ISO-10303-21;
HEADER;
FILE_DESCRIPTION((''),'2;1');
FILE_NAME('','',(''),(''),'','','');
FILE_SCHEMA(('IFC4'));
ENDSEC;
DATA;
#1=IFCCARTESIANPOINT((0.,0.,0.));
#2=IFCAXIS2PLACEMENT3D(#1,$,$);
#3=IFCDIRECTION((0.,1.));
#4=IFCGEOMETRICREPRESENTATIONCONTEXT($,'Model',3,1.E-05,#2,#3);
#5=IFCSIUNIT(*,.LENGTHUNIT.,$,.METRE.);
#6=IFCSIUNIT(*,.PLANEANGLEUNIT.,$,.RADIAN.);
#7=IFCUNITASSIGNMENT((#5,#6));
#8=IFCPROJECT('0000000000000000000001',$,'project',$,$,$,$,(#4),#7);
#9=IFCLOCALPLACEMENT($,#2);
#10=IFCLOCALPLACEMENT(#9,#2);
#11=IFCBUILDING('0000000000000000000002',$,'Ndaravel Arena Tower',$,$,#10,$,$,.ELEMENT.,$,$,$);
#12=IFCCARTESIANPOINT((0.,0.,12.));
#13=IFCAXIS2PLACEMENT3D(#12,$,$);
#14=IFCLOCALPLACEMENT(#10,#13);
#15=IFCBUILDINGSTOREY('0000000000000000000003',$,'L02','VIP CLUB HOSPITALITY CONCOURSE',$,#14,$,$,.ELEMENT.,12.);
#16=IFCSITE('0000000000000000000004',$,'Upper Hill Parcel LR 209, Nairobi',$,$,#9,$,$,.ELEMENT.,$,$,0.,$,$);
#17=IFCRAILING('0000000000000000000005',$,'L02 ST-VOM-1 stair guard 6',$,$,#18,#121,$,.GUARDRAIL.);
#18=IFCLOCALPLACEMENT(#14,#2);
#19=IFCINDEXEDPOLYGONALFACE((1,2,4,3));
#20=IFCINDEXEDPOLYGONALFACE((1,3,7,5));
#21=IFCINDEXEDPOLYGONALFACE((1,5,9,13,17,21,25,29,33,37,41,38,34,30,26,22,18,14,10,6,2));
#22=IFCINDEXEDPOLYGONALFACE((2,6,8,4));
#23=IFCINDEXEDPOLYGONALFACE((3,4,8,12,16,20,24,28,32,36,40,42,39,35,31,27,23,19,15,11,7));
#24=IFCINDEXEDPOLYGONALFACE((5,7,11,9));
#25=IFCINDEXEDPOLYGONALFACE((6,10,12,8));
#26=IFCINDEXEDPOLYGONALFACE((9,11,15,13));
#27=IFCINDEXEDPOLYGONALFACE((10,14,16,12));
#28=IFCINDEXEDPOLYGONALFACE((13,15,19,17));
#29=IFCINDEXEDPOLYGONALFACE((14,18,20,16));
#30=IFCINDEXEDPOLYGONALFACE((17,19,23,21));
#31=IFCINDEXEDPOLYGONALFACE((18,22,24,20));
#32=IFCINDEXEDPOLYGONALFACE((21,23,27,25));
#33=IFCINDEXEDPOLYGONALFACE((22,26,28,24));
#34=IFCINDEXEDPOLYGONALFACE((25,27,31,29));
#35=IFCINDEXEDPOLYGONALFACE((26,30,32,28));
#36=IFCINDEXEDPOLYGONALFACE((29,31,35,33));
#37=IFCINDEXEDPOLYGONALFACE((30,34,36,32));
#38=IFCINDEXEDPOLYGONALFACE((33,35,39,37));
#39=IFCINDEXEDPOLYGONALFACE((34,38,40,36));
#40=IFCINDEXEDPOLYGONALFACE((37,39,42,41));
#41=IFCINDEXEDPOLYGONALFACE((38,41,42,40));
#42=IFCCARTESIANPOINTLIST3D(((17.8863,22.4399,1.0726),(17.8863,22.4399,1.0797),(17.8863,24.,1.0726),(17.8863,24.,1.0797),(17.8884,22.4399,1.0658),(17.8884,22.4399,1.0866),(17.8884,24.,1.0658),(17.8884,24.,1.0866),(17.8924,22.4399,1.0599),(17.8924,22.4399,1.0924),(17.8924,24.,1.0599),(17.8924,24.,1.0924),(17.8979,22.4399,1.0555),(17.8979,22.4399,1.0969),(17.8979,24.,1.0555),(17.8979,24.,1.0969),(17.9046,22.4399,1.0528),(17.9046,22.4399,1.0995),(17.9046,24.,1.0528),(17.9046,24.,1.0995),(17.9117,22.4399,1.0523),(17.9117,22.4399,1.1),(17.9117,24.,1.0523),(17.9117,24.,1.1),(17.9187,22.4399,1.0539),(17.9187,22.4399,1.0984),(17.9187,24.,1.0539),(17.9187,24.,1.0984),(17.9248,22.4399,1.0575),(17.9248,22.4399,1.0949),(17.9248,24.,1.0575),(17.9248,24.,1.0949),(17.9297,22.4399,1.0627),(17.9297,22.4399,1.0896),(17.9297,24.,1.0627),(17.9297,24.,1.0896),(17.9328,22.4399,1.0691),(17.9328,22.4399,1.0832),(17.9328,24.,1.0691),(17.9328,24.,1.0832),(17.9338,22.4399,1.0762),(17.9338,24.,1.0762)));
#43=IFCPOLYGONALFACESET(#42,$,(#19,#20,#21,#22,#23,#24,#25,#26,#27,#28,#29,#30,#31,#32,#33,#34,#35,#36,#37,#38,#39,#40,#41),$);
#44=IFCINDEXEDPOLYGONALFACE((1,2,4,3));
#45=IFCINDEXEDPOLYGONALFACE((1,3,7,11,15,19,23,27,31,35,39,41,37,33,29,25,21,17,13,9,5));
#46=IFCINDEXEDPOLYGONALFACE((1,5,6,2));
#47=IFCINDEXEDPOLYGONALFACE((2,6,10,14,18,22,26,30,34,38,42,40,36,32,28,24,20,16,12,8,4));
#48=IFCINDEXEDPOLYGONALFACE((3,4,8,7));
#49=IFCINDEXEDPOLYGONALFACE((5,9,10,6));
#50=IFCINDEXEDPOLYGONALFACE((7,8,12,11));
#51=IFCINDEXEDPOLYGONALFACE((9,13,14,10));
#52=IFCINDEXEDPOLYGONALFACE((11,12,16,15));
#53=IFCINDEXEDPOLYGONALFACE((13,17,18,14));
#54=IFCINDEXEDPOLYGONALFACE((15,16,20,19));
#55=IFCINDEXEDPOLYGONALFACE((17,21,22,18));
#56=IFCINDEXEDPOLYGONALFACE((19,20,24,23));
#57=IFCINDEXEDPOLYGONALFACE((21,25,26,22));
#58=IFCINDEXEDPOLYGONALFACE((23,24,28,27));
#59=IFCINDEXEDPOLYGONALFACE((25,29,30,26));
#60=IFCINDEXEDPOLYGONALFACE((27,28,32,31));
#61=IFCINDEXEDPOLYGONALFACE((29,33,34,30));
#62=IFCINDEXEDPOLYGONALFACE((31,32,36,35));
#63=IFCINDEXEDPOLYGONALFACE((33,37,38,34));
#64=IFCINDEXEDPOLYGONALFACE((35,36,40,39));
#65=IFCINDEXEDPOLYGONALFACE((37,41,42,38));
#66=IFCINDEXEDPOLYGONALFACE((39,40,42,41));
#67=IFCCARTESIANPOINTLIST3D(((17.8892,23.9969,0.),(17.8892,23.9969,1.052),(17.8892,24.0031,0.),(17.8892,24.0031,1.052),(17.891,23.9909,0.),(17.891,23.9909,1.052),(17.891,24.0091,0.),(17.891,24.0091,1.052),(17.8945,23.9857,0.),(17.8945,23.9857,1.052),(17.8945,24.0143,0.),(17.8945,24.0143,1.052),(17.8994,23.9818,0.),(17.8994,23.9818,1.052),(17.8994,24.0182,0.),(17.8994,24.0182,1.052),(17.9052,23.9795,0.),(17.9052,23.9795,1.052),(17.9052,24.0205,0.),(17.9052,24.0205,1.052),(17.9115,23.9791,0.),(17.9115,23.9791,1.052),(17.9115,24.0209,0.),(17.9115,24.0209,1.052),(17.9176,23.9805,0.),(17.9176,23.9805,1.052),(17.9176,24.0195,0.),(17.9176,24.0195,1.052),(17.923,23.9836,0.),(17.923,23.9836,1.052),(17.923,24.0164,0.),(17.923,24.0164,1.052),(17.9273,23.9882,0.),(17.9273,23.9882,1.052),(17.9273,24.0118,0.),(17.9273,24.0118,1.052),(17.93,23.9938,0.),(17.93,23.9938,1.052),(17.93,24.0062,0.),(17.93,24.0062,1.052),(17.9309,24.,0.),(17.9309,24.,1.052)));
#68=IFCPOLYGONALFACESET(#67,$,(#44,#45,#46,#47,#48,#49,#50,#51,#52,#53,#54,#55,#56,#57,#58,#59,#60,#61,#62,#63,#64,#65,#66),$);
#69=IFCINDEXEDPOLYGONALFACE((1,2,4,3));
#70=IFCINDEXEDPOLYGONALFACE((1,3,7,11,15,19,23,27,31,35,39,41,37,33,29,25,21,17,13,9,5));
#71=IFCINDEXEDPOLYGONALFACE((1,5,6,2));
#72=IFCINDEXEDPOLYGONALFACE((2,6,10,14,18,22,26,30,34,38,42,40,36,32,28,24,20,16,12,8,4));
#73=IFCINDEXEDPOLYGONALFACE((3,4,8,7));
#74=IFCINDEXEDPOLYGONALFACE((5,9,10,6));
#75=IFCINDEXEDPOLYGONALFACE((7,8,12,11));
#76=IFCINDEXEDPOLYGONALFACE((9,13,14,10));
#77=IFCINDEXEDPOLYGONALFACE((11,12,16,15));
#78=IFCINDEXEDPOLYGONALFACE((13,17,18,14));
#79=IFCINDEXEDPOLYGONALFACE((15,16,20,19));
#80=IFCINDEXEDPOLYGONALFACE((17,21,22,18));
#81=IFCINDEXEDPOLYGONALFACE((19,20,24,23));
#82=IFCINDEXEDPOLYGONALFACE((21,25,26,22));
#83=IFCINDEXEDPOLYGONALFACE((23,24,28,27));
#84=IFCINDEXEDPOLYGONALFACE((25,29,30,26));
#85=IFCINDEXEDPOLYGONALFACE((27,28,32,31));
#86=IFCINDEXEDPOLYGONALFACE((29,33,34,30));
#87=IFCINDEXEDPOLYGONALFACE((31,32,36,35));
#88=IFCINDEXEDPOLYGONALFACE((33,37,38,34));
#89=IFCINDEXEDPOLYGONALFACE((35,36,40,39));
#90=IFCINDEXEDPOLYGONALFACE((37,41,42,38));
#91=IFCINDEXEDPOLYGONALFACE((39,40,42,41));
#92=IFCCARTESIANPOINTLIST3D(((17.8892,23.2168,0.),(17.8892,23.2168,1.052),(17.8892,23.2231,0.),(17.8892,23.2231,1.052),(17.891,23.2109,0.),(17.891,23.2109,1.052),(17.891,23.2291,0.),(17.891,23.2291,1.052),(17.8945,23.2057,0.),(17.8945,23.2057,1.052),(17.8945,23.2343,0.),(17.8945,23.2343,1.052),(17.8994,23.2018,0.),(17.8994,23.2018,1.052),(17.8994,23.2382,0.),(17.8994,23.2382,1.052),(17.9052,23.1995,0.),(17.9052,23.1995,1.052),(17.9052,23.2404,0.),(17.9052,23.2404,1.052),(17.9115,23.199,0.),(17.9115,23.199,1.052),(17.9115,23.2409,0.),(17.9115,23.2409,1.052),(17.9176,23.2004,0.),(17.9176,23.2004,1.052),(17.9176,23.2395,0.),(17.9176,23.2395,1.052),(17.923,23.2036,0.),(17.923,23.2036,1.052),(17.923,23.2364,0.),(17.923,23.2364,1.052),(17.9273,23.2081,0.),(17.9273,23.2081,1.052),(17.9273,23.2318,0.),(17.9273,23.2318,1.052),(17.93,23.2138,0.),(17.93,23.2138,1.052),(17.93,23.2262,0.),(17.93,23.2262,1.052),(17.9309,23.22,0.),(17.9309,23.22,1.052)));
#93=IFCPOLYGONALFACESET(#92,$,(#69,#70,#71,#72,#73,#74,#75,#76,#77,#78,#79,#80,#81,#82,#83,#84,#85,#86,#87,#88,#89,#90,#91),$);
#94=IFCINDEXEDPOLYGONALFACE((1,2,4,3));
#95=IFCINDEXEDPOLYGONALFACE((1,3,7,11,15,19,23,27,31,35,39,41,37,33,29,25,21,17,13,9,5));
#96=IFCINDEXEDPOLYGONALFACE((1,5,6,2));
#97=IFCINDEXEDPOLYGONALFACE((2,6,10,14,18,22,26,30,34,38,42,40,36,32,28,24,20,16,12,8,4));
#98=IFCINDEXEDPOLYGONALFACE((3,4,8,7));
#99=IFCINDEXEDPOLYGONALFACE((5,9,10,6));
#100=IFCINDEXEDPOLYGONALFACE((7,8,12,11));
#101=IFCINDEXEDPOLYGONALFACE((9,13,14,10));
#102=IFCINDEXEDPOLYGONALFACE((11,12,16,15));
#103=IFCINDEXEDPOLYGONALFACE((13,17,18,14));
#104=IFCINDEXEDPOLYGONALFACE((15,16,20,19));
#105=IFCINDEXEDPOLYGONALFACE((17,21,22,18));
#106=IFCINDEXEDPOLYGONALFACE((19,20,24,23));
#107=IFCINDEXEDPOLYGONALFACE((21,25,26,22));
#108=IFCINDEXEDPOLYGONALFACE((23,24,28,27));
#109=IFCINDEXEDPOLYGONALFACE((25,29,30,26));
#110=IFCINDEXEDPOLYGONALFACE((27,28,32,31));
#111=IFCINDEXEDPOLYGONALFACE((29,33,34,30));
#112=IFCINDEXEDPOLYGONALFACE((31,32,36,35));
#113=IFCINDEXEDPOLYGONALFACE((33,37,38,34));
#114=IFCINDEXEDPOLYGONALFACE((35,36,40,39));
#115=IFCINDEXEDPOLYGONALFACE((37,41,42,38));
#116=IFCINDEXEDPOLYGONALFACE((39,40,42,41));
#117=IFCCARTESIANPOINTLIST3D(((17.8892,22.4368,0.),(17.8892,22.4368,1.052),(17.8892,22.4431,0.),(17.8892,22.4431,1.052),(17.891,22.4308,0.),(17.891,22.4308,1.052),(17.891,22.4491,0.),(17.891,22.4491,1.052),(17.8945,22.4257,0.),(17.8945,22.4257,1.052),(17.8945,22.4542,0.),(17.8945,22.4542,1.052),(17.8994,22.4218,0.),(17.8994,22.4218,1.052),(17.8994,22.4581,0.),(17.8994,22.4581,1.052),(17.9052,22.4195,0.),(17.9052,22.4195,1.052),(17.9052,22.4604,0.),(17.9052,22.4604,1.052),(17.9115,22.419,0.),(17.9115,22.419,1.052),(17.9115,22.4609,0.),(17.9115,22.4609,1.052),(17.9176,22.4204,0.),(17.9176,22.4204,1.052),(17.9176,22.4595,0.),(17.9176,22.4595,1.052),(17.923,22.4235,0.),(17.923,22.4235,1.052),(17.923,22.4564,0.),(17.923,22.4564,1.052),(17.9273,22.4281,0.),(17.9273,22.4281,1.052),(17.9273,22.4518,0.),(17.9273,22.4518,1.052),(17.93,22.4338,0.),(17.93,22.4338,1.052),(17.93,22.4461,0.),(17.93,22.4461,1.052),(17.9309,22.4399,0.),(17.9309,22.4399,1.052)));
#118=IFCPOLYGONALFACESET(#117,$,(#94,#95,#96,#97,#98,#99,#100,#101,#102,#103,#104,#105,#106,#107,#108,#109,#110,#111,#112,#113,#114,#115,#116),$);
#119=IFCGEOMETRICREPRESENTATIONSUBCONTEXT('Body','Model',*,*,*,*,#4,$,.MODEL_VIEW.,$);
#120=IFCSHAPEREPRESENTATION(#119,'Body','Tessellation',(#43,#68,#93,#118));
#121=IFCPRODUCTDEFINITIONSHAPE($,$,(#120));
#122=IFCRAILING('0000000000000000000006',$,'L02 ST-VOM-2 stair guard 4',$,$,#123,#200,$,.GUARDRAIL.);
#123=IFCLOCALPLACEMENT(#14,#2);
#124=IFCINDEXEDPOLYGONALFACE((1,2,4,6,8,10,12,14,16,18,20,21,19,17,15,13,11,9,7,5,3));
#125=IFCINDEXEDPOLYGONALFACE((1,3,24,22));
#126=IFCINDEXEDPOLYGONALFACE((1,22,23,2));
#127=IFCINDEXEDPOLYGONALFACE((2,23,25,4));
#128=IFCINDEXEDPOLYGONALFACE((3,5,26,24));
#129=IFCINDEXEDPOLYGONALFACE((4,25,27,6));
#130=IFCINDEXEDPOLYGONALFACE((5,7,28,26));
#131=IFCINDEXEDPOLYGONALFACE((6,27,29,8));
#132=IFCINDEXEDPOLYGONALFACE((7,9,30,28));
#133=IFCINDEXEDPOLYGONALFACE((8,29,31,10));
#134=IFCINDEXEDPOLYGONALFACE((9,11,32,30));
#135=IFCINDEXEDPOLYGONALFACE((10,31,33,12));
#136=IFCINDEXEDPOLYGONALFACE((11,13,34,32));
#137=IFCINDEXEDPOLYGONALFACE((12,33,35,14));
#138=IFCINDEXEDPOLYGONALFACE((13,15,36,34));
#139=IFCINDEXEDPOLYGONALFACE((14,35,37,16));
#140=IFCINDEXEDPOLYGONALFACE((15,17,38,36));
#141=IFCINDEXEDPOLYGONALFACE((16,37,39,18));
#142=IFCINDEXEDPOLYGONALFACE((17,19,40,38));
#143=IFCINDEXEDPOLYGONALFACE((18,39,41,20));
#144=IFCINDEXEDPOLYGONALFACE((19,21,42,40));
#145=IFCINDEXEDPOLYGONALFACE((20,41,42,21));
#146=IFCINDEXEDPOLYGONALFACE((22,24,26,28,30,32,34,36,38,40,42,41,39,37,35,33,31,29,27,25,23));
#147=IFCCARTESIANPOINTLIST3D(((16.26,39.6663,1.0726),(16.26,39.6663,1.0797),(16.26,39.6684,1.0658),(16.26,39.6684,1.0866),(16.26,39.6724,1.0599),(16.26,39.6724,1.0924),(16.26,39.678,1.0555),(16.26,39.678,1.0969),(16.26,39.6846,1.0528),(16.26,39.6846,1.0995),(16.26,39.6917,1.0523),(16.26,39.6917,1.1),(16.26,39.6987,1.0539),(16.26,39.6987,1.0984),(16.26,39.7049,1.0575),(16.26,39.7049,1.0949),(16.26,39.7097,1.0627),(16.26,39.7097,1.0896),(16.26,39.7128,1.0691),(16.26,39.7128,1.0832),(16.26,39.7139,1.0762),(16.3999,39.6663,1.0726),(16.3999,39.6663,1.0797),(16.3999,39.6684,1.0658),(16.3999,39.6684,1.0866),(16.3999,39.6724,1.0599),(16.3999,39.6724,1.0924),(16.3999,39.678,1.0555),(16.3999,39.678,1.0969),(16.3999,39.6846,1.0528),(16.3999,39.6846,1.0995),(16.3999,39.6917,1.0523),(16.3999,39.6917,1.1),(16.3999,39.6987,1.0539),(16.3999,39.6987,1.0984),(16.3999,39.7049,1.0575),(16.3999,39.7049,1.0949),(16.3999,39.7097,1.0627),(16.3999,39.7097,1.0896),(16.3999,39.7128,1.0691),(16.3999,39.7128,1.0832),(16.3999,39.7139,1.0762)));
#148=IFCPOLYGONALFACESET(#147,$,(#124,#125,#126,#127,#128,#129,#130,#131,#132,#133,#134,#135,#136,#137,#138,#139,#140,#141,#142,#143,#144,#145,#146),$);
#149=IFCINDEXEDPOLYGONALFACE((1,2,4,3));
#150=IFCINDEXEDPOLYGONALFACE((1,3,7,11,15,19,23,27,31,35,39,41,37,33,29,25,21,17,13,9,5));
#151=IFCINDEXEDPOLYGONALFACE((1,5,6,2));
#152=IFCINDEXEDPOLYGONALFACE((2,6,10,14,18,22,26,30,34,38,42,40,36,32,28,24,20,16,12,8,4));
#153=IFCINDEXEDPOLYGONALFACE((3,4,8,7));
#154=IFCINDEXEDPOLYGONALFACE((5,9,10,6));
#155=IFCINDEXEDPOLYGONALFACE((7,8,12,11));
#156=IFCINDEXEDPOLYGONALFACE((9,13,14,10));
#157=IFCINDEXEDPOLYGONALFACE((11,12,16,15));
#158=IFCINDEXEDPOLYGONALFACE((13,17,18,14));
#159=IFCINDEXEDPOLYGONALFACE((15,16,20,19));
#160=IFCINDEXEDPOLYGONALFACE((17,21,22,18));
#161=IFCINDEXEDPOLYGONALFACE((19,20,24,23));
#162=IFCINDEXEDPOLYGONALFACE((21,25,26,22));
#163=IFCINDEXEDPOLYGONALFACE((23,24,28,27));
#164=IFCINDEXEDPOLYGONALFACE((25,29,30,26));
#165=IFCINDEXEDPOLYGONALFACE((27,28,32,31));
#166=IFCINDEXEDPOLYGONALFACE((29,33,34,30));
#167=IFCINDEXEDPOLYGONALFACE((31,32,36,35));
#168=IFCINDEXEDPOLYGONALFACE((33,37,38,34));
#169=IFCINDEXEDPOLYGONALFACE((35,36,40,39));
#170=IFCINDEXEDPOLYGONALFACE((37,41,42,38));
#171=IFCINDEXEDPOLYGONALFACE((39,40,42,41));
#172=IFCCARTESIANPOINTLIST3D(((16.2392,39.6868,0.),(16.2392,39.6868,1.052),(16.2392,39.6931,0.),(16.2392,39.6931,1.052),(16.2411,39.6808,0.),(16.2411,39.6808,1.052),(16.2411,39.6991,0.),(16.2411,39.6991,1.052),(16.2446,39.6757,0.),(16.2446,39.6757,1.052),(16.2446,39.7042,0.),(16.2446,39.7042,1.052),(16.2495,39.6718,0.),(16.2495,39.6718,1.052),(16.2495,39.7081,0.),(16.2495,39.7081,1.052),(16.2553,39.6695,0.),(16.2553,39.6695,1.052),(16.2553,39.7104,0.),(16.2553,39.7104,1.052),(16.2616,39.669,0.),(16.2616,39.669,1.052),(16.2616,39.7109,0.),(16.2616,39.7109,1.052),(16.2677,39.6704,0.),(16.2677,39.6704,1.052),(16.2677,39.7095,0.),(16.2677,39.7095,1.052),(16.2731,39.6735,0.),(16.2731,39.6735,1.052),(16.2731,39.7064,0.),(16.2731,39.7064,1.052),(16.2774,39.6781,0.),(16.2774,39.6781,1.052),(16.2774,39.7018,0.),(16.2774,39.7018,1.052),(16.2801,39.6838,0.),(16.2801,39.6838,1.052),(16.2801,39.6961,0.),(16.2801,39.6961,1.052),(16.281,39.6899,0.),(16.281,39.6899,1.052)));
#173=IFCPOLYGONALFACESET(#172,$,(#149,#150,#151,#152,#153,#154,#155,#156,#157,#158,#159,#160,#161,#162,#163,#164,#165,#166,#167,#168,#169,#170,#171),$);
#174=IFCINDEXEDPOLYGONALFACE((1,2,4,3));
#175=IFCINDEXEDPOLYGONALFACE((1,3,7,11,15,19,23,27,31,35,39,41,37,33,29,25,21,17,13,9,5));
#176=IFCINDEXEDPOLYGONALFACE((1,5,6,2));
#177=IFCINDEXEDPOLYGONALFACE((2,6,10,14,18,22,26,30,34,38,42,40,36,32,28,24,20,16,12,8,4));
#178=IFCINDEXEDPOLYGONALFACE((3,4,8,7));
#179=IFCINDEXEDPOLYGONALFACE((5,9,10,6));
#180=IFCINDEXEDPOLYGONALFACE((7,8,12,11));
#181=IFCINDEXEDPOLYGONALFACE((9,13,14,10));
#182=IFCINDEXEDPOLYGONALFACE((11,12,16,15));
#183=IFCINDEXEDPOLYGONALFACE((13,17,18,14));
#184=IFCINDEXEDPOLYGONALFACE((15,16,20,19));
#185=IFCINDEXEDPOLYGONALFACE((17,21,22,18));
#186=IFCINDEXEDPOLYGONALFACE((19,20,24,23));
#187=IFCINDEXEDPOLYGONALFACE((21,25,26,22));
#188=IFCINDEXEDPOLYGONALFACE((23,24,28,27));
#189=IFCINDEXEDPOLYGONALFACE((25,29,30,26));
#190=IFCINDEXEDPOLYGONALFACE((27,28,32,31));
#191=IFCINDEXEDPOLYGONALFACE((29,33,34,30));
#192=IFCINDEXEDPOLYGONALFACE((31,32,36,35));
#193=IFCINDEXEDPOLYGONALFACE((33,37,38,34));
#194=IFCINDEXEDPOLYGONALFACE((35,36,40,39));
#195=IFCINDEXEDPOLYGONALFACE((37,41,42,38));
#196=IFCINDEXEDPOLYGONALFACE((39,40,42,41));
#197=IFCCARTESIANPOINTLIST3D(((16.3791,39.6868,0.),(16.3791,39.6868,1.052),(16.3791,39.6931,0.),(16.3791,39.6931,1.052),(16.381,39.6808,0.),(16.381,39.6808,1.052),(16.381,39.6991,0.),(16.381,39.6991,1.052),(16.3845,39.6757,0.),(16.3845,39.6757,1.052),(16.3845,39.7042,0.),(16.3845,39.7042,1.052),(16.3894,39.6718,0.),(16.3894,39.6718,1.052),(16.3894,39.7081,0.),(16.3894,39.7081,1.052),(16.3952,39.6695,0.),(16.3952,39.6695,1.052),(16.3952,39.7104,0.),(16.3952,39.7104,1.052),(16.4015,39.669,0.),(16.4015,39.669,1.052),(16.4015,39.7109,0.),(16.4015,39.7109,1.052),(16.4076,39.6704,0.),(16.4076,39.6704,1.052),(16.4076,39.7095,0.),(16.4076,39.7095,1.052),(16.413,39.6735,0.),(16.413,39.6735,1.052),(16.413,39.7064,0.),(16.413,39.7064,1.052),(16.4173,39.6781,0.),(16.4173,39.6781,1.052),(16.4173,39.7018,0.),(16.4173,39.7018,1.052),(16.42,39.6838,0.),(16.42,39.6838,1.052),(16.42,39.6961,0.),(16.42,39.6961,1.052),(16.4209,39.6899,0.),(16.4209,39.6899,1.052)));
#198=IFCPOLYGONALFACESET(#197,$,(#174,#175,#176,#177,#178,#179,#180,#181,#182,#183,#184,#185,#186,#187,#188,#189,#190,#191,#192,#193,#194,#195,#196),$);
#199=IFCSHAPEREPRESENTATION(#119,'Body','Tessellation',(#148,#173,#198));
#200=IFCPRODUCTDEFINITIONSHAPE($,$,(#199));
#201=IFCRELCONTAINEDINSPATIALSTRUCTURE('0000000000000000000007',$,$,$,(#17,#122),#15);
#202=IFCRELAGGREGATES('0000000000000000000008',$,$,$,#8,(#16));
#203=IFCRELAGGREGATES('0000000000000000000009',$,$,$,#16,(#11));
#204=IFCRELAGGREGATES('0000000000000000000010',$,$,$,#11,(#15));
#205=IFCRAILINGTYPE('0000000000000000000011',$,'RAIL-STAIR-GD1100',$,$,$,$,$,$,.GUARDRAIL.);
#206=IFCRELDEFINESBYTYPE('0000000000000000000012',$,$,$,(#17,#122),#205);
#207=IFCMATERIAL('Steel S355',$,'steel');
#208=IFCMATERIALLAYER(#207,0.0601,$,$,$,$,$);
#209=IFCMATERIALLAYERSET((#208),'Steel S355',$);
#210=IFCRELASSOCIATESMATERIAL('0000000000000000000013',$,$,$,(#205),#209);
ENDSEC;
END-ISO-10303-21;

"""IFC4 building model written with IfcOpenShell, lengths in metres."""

from ifc_helpers import new_model, si_unit, direction, frame, origin, origin_2d, place, context, subcontext, project, spatial, circle, extrude, material, layer, layer_set, type_object, element, save


model = new_model("IFC4")

# Units and contexts
model_context = context("Model", 3, precision=1e-05, world=origin(), true_north=direction((0.0, 1.0)))
body_context = subcontext(model_context, "Body", "Model", "MODEL_VIEW")
ifc_project = project(units=[si_unit("LENGTHUNIT", "METRE"), si_unit("PLANEANGLEUNIT", "RADIAN")], contexts=[model_context])

# Site, building, storey
site_placement = place(None, origin())
site = spatial("IfcSite", under=ifc_project, at=site_placement, Name="Upper Hill Parcel LR 209, Nairobi", CompositionType="ELEMENT", RefElevation=0.0)
building_placement = place(site_placement, origin())
building = spatial("IfcBuilding", under=site, at=building_placement, Name="Ndaravel Arena Tower", CompositionType="ELEMENT")
storey_placement = place(building_placement, frame((0.0, 0.0, 12.0)))
storey = spatial("IfcBuildingStorey", under=building, at=storey_placement, Name="L02", Description="VIP CLUB HOSPITALITY CONCOURSE", CompositionType="ELEMENT", Elevation=12.0)

# Railings
ifc_material_1 = material(Name="Steel S355", Category="steel")
ifc_layer_1 = layer(ifc_material_1, 0.0601)
ifc_layer_set_1 = layer_set([ifc_layer_1], Name="Steel S355")
railing_type_1 = type_object("IfcRailingType", Name="RAIL-STAIR-GD1100", PredefinedType="GUARDRAIL", material=ifc_layer_set_1)
railing_1_placement = place(storey_placement, frame((17.9099, 24.0, 0.0)))
element("IfcRailing", 1, at=railing_1_placement, inside=storey, type_object=railing_type_1, Name="L02 ST-VOM-1 stair guard 6", PredefinedType="GUARDRAIL", context=body_context, shape_type="SweptSolid", body=[
    extrude(circle(Radius=0.0239, at=origin_2d()), frame((0.0, 0.0, 1.0762), z_axis=(0.0, -1.0, 0.0), x_axis=(1.0, 0.0, 0.0)), (0.0, 0.0, 1.0), 1.5601),
    extrude(circle(Radius=0.021, at=origin_2d()), origin(), (0.0, 0.0, 1.0), 1.052),
    extrude(circle(Radius=0.021, at=origin_2d()), frame((0.0, -0.78, 0.0)), (0.0, 0.0, 1.0), 1.052),
    extrude(circle(Radius=0.021, at=origin_2d()), frame((0.0, -1.5601, 0.0)), (0.0, 0.0, 1.0), 1.052),
])
railing_2_placement = place(storey_placement, frame((16.26, 39.6899, 0.0)))
element("IfcRailing", 2, at=railing_2_placement, inside=storey, type_object=railing_type_1, Name="L02 ST-VOM-2 stair guard 4", PredefinedType="GUARDRAIL", context=body_context, shape_type="SweptSolid", body=[
    extrude(circle(Radius=0.0239, at=origin_2d()), frame((0.0, 0.0, 1.0762), z_axis=(1.0, 0.0, 0.0), x_axis=(0.0, 1.0, 0.0)), (0.0, 0.0, 1.0), 0.1399),
    extrude(circle(Radius=0.021, at=origin_2d()), origin(), (0.0, 0.0, 1.0), 1.052),
    extrude(circle(Radius=0.021, at=origin_2d()), frame((0.1399, 0.0, 0.0)), (0.0, 0.0, 1.0), 1.052),
])

save(model, "model.ifc")
